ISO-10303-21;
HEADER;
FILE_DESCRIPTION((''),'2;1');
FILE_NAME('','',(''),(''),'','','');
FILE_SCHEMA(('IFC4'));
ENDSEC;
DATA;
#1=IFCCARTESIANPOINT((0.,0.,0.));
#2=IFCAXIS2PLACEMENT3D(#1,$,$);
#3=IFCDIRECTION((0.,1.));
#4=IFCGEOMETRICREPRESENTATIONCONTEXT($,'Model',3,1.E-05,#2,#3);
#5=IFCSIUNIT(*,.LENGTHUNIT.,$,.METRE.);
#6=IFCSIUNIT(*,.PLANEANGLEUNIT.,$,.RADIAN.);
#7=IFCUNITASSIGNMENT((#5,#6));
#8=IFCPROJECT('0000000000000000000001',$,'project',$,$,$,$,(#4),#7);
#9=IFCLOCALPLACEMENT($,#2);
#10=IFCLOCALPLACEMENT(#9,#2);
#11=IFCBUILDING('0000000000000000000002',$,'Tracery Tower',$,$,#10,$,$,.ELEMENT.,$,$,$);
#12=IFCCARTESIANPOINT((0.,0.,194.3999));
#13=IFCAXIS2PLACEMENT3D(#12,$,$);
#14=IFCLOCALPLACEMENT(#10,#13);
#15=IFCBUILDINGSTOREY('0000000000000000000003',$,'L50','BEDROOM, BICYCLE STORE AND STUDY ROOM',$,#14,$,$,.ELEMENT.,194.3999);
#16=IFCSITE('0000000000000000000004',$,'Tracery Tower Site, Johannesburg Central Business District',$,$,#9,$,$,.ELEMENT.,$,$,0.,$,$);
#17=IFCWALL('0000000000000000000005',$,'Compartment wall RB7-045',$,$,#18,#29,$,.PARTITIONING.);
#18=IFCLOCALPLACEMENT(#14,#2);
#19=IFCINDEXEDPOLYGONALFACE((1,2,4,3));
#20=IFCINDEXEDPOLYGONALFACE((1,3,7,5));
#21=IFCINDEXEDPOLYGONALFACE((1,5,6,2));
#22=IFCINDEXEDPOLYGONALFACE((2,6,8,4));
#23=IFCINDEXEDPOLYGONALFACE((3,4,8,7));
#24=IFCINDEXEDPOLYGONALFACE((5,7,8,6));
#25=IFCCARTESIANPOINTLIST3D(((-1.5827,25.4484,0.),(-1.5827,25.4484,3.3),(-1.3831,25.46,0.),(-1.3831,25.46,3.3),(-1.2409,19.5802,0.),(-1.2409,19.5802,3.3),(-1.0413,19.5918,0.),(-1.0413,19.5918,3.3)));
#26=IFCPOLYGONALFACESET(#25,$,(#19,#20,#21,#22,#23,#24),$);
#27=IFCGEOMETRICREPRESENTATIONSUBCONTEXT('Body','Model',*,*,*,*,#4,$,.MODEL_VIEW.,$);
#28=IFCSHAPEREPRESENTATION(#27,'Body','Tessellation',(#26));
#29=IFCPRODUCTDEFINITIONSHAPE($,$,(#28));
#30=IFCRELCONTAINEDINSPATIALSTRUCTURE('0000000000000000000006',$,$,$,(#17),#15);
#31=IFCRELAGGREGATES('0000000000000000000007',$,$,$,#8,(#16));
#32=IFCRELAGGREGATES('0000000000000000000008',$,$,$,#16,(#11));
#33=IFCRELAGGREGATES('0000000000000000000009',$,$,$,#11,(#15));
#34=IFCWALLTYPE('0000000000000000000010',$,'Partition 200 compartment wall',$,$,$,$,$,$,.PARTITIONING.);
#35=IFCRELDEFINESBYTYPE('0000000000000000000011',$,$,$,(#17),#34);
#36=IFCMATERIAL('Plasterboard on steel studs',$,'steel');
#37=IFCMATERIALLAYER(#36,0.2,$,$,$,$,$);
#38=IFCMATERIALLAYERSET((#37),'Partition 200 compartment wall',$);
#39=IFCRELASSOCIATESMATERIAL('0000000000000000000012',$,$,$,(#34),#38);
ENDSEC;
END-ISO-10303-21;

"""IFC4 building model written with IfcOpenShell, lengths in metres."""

from ifc_helpers import new_model, si_unit, direction, frame, frame_2d, origin, place, context, subcontext, project, spatial, rectangle, extrude, material, layer, layer_set, type_object, element, save


model = new_model("IFC4")

# Units and contexts
model_context = context("Model", 3, precision=1e-05, world=origin(), true_north=direction((0.0, 1.0)))
body_context = subcontext(model_context, "Body", "Model", "MODEL_VIEW")
ifc_project = project(units=[si_unit("LENGTHUNIT", "METRE"), si_unit("PLANEANGLEUNIT", "RADIAN")], contexts=[model_context])

# Site, building, storey
site_placement = place(None, origin())
site = spatial("IfcSite", under=ifc_project, at=site_placement, Name="Tracery Tower Site, Johannesburg Central Business District", CompositionType="ELEMENT", RefElevation=0.0)
building_placement = place(site_placement, origin())
building = spatial("IfcBuilding", under=site, at=building_placement, Name="Tracery Tower", CompositionType="ELEMENT")
storey_placement = place(building_placement, frame((0.0, 0.0, 194.3999)))
storey = spatial("IfcBuildingStorey", under=building, at=storey_placement, Name="L50", Description="BEDROOM, BICYCLE STORE AND STUDY ROOM", CompositionType="ELEMENT", Elevation=194.3999)

# Wall
ifc_material_1 = material(Name="Plasterboard on steel studs", Category="steel")
ifc_layer_1 = layer(ifc_material_1, 0.2)
ifc_layer_set_1 = layer_set([ifc_layer_1], Name="Partition 200 compartment wall")
wall_type_1 = type_object("IfcWallType", Name="Partition 200 compartment wall", PredefinedType="PARTITIONING", material=ifc_layer_set_1)
wall_1_placement = place(storey_placement, frame((-1.4829, 25.4541, 0.0), z_axis=(0.0, 0.0, 1.0), x_axis=(0.058147, -0.998308, 0.0)))
element("IfcWall", 1, at=wall_1_placement, inside=storey, type_object=wall_type_1, Name="Compartment wall RB7-045", PredefinedType="PARTITIONING", context=body_context, shape_type="SweptSolid", body=[
    extrude(rectangle(XDim=5.8782, YDim=0.2, at=frame_2d((2.939, 0.0))), origin(), (0.0, 0.0, 1.0), 3.3),
])

save(model, "model.ifc")
